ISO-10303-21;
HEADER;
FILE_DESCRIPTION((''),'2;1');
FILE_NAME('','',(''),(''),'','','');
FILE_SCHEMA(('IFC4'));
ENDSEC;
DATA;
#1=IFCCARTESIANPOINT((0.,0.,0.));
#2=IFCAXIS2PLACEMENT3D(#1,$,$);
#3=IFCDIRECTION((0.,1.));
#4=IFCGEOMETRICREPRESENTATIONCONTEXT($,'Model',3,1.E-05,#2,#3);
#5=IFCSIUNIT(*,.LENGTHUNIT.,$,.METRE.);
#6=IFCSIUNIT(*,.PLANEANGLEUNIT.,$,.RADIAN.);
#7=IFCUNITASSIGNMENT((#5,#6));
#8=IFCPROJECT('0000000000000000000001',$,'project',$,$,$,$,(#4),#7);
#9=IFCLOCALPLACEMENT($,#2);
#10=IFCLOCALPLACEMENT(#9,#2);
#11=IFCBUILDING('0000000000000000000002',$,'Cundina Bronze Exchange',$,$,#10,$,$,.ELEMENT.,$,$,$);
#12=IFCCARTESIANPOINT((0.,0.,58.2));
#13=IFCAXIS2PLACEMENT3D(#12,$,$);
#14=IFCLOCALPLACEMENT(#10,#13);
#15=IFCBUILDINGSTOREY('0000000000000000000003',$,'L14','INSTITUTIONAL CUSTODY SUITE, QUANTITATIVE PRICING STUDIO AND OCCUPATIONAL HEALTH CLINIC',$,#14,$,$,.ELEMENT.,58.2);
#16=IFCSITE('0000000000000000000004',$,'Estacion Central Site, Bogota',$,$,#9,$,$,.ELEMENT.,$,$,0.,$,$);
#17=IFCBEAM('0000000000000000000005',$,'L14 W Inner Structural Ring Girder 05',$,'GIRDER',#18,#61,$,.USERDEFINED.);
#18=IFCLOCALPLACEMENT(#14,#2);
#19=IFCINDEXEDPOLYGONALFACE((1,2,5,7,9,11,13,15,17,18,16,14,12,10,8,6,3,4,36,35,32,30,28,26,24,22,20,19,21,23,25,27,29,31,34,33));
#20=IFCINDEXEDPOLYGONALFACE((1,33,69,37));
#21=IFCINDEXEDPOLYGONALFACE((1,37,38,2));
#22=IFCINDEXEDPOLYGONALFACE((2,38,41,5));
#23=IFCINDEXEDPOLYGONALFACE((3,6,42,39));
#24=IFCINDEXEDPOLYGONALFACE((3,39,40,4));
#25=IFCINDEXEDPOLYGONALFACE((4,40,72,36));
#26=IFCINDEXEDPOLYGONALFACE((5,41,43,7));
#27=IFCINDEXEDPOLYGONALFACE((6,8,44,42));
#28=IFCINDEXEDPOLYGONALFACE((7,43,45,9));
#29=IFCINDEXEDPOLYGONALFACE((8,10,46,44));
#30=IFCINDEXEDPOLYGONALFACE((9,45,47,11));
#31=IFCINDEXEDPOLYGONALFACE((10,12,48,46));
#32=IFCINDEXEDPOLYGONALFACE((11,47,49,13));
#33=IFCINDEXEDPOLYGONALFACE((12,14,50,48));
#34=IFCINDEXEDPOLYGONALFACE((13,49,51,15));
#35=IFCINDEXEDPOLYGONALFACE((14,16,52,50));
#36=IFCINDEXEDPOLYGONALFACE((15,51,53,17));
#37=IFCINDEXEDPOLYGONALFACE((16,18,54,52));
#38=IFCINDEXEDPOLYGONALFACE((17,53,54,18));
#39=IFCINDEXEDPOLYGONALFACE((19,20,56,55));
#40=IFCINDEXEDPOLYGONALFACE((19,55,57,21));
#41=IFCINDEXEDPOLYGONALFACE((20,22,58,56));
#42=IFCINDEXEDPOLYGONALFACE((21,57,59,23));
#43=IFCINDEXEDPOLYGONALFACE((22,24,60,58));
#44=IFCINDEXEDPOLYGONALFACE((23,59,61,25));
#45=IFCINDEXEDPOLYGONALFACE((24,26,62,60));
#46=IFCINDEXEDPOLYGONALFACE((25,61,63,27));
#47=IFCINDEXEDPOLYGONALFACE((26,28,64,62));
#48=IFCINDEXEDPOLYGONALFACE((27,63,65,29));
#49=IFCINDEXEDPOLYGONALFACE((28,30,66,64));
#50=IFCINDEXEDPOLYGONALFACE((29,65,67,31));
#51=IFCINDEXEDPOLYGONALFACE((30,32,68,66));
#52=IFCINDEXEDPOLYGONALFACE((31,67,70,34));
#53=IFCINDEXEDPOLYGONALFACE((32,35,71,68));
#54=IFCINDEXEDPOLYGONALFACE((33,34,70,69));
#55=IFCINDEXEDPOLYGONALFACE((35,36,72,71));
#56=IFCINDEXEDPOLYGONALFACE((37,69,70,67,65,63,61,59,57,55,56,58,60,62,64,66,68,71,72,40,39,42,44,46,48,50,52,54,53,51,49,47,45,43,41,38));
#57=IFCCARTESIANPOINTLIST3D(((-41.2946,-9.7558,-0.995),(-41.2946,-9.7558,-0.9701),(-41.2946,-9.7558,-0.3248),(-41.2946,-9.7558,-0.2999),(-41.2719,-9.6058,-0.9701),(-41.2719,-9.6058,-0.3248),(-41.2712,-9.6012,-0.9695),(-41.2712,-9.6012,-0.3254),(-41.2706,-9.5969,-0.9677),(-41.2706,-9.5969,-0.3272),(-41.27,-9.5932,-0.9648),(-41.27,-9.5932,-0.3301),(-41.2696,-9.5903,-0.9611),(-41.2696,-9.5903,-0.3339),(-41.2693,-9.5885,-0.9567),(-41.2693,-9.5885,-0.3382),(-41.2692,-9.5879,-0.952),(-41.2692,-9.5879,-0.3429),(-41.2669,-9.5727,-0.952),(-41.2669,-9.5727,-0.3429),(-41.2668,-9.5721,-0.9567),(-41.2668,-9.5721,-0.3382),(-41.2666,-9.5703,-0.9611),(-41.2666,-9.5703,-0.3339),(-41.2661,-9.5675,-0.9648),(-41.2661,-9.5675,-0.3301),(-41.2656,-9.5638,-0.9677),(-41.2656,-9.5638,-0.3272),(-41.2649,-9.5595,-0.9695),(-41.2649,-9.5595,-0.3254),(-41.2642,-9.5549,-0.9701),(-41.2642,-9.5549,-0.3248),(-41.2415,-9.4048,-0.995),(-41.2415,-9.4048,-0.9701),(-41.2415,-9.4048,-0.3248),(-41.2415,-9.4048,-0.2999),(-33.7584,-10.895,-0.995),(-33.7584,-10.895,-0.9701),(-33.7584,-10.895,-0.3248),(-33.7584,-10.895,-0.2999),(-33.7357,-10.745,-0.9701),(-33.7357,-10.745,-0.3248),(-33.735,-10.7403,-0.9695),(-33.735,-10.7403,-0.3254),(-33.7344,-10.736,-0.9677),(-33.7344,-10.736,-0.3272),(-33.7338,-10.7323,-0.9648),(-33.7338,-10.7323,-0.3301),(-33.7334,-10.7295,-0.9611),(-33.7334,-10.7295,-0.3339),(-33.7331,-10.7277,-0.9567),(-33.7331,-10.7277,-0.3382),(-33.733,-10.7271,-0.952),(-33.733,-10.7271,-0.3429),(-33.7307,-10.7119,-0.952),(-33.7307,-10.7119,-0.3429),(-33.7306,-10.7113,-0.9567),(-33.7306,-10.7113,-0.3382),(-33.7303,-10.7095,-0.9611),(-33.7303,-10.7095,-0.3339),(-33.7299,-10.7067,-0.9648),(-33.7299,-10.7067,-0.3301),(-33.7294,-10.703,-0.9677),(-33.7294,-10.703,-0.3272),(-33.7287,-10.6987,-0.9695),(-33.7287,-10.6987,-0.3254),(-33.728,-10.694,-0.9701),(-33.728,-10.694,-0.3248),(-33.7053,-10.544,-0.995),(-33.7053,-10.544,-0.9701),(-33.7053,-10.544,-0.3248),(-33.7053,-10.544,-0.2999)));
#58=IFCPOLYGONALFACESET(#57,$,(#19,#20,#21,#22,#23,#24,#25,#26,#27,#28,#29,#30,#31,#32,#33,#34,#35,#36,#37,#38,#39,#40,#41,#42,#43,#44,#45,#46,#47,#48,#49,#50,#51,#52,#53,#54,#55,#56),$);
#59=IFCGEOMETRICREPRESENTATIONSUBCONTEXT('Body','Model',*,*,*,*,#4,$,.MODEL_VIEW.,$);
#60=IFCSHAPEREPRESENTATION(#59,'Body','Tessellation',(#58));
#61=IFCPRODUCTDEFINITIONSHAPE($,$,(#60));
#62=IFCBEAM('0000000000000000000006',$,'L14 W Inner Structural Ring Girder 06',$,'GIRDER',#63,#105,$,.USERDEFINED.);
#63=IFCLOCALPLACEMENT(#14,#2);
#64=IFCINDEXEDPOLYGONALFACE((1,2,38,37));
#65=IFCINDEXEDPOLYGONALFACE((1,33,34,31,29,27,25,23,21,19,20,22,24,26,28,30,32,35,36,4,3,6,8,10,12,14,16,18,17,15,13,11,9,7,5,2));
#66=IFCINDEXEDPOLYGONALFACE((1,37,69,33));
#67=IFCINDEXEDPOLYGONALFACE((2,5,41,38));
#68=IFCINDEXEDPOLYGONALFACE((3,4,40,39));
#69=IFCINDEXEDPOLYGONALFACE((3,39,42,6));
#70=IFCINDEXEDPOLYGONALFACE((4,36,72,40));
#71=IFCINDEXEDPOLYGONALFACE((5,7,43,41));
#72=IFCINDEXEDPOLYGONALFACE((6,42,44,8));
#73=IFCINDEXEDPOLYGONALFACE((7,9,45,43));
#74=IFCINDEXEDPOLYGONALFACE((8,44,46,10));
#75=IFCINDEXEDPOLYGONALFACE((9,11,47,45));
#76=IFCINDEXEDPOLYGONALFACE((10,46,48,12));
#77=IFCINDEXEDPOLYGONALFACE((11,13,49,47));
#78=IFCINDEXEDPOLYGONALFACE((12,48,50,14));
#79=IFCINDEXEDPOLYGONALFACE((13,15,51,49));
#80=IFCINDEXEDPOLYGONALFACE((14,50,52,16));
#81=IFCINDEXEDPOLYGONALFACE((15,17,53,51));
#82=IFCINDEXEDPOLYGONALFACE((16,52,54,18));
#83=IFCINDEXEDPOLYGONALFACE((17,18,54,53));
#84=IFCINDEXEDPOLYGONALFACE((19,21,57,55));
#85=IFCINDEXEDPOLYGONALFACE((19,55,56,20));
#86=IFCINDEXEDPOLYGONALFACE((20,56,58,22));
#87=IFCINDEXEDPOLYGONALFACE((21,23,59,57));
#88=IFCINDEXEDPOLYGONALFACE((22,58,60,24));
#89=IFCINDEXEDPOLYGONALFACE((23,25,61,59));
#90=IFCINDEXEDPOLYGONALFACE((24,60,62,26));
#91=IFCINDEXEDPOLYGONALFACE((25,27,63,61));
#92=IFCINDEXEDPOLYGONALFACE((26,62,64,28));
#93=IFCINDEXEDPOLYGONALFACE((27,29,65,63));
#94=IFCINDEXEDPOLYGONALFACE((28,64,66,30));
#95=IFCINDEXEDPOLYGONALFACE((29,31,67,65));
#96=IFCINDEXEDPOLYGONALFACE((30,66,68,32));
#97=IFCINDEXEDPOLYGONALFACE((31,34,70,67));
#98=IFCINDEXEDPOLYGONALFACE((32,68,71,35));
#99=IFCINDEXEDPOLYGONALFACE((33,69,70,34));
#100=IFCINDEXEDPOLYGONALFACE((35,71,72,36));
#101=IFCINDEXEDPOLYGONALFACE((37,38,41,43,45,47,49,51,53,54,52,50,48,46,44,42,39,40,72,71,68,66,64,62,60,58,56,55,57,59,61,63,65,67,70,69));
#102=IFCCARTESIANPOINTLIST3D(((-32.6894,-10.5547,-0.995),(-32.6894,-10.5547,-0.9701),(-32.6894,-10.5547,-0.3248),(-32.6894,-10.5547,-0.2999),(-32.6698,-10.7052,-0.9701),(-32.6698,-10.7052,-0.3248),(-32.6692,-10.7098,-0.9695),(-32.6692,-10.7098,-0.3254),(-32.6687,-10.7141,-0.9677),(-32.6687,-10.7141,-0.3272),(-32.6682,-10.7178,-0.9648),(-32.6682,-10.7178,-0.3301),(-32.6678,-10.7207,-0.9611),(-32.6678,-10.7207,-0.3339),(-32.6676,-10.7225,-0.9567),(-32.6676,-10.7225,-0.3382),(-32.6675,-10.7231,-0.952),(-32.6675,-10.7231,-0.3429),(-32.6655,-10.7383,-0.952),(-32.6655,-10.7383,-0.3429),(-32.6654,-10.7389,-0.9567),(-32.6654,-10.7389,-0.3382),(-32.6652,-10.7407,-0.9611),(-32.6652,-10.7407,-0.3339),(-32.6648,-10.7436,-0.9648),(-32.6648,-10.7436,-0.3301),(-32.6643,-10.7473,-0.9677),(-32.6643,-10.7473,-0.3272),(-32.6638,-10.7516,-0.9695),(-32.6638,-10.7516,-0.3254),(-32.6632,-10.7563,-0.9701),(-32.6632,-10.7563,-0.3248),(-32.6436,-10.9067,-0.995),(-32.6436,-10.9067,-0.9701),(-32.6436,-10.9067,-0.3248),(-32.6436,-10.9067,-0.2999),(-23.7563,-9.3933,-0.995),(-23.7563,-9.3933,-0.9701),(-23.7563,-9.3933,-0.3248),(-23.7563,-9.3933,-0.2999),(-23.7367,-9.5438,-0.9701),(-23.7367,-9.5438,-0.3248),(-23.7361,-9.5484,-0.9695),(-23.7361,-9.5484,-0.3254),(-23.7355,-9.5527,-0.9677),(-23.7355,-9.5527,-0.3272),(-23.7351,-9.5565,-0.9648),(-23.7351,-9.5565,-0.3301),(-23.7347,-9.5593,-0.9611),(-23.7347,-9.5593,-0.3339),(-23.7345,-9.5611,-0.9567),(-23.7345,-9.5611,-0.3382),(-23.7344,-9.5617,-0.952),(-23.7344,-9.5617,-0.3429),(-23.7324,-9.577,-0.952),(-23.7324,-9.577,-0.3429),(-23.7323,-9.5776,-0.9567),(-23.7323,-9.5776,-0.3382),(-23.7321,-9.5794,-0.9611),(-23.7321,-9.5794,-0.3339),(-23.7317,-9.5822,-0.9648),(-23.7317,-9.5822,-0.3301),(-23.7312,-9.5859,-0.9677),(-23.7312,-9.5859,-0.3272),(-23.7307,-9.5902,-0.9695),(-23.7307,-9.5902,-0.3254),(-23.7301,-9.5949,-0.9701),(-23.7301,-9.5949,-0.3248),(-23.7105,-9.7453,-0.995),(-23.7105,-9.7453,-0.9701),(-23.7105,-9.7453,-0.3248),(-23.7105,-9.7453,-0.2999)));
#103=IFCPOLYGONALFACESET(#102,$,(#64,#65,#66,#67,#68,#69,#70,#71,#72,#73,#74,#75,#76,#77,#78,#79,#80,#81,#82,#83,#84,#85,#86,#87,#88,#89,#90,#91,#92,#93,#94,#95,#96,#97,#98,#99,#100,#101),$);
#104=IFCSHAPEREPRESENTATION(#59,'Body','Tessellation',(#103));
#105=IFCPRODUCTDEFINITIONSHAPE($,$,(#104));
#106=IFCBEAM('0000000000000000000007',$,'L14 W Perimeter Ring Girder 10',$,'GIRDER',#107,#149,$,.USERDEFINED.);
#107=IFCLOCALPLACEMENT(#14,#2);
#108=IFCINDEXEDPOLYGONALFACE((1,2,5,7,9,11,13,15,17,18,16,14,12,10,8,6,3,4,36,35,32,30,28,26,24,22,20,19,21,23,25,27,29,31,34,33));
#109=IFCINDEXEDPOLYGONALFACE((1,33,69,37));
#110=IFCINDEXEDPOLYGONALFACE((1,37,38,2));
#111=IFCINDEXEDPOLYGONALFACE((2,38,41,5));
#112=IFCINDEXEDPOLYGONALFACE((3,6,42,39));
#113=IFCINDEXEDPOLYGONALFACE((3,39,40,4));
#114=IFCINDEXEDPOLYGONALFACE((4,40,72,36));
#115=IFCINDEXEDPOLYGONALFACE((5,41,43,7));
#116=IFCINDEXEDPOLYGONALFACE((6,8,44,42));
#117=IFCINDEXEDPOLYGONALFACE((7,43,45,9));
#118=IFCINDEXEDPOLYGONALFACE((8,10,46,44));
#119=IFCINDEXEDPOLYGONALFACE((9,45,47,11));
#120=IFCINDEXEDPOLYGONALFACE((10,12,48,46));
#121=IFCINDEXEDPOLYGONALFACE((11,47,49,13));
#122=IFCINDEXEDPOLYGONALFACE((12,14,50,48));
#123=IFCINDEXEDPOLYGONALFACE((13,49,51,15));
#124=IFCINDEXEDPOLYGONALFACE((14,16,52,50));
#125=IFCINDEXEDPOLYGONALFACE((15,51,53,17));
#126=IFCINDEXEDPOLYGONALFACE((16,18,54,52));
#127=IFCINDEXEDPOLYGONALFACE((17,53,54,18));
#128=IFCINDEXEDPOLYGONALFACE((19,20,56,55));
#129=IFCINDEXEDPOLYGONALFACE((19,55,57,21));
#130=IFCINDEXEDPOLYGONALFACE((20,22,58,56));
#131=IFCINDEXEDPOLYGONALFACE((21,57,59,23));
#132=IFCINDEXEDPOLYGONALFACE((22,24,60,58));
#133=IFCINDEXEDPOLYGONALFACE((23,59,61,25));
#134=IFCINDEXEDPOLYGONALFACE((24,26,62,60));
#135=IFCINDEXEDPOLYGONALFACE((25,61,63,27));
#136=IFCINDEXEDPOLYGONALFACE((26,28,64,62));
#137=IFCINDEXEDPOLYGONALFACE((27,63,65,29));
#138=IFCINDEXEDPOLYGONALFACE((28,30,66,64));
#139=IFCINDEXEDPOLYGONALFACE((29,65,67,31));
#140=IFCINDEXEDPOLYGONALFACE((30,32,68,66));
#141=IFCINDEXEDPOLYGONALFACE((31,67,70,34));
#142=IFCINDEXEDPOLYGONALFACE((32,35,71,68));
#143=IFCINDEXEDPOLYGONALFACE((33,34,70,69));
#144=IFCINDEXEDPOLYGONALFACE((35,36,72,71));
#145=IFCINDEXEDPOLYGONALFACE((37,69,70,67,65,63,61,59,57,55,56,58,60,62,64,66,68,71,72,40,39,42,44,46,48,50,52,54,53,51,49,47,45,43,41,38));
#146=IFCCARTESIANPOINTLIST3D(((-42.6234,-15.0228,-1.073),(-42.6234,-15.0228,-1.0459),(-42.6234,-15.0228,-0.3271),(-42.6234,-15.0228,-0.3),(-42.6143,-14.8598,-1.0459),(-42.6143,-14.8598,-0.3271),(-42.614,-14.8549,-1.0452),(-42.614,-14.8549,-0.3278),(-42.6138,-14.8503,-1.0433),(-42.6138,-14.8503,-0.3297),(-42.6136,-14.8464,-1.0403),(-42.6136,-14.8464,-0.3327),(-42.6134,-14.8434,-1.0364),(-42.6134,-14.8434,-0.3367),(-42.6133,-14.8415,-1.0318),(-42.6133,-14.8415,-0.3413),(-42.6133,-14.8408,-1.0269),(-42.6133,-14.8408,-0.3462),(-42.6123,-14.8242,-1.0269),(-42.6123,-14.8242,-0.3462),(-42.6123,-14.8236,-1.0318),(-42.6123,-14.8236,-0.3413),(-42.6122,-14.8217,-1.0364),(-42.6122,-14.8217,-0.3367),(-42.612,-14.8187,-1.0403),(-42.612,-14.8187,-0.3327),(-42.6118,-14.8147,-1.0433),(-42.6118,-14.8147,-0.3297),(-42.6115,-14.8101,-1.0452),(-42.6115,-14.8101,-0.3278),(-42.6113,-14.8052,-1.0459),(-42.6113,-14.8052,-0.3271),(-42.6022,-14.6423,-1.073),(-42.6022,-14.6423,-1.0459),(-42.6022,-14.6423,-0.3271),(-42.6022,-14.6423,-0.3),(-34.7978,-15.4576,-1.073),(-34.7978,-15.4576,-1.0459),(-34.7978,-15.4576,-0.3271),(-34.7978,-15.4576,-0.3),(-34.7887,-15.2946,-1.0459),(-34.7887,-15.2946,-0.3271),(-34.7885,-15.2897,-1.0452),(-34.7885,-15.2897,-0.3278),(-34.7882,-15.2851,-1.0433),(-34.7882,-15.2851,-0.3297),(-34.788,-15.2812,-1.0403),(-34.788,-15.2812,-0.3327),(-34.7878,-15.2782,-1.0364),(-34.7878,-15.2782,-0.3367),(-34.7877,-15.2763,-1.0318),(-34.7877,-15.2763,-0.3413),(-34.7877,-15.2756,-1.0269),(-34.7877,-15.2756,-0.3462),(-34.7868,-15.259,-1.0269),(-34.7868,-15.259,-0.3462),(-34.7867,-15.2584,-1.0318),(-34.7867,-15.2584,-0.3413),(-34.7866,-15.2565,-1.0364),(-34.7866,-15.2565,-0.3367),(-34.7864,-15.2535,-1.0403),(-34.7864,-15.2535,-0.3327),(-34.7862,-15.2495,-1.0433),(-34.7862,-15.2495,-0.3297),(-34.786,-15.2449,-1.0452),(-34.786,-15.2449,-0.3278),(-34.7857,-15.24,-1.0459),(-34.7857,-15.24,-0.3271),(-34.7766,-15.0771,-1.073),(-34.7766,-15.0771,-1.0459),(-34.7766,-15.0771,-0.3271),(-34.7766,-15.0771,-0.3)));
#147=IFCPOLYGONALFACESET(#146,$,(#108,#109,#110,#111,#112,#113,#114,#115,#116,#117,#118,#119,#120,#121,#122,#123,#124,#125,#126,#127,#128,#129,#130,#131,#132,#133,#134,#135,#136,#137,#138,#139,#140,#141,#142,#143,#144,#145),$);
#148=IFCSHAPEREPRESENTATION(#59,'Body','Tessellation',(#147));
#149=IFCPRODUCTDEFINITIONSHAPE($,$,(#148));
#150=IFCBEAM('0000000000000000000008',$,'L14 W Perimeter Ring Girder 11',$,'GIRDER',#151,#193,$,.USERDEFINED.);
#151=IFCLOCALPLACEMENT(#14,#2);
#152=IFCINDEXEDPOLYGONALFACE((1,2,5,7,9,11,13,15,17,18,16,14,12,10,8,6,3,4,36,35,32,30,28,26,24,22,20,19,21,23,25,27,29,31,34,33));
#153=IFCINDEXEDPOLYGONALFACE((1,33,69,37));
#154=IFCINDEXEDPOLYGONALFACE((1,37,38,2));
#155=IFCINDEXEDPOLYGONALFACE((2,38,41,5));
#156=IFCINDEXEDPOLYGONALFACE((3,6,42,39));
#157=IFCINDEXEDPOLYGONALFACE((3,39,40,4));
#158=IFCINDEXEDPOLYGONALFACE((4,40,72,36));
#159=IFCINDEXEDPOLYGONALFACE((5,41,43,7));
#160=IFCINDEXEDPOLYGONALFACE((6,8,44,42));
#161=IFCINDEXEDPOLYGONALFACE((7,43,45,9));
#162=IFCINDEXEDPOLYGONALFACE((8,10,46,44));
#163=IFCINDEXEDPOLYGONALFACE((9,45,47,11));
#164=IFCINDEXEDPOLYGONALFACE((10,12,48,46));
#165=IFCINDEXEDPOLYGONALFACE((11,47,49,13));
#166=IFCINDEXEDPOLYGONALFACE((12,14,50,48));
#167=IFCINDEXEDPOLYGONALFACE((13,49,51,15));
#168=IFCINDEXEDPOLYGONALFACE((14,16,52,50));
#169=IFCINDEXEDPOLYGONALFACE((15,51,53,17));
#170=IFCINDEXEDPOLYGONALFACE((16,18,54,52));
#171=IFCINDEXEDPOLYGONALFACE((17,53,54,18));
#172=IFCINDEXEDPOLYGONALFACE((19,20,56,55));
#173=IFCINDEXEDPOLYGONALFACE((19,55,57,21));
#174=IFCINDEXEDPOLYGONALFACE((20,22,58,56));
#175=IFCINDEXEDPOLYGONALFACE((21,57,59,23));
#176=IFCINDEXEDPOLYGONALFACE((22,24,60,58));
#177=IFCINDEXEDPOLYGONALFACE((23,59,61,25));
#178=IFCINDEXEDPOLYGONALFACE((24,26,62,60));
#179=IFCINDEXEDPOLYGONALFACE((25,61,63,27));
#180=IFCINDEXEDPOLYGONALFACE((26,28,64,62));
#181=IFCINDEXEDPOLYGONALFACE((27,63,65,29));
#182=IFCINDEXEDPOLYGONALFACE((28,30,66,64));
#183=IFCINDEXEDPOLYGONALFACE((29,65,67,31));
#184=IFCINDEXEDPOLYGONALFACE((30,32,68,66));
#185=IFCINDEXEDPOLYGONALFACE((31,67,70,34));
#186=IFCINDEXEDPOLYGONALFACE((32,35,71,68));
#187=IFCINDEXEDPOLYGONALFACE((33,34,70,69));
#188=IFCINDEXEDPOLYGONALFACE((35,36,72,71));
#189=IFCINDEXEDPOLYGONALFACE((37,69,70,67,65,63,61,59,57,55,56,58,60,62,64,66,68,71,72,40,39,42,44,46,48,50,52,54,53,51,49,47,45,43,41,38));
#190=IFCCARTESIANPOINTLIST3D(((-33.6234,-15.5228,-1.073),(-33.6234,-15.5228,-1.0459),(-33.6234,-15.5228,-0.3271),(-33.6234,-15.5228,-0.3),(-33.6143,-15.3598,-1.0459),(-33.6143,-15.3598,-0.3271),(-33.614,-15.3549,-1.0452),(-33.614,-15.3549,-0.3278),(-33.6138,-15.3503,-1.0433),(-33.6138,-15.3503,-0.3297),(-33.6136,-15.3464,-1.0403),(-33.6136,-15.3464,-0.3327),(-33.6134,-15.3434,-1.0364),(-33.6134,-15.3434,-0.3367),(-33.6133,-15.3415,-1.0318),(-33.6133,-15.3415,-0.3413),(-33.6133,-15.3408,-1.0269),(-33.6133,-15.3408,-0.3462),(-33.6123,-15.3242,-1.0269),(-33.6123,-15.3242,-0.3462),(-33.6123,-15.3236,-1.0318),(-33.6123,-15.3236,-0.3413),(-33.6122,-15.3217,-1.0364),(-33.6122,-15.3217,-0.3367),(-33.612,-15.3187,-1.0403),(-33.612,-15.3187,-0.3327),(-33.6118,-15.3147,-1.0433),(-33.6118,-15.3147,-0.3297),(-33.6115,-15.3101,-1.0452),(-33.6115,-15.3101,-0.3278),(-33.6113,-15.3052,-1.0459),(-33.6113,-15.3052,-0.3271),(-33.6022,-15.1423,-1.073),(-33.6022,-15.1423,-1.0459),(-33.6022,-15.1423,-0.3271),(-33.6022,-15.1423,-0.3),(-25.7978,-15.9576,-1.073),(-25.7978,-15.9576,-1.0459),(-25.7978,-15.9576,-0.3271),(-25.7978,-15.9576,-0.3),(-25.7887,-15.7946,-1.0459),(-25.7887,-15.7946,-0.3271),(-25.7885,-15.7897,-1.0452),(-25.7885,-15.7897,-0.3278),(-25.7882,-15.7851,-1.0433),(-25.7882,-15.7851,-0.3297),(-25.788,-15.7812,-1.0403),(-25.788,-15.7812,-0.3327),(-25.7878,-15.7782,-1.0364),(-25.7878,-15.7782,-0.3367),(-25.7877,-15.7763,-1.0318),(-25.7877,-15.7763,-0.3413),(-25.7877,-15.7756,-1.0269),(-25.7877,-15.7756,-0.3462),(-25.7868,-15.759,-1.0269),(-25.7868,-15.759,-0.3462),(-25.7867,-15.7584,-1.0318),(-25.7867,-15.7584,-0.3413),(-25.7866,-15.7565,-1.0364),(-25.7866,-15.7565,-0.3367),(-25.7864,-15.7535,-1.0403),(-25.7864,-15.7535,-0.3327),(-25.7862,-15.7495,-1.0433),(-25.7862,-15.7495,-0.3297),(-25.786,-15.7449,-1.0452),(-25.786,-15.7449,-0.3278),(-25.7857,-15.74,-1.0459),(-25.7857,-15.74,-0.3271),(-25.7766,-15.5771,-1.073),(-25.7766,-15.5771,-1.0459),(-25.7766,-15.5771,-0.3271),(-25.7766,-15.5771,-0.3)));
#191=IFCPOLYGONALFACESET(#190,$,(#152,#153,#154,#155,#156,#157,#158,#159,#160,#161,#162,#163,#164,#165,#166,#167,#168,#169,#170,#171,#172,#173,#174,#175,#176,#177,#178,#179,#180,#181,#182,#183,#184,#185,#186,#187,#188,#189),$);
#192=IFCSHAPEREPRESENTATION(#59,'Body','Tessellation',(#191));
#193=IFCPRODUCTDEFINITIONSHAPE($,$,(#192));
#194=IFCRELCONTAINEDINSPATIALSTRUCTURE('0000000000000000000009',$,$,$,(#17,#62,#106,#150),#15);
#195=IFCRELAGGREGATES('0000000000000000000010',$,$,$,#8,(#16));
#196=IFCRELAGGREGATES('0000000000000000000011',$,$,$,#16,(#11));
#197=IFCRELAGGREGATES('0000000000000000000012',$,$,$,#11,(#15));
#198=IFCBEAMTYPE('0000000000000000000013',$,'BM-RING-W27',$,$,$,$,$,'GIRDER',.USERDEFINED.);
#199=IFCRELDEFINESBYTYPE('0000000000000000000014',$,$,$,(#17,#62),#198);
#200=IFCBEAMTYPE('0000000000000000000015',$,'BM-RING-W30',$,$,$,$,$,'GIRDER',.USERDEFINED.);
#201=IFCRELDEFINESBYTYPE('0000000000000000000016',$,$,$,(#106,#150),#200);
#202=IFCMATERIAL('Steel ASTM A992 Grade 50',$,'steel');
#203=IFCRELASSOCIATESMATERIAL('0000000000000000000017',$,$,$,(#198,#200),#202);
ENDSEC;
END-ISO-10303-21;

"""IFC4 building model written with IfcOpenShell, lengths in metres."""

from ifc_helpers import new_model, si_unit, direction, frame, origin, origin_2d, place, context, subcontext, project, spatial, i_section, extrude, material, material_profile, profile_set, type_object, element, save


model = new_model("IFC4")

# Units and contexts
model_context = context("Model", 3, precision=1e-05, world=origin(), true_north=direction((0.0, 1.0)))
body_context = subcontext(model_context, "Body", "Model", "MODEL_VIEW")
ifc_project = project(units=[si_unit("LENGTHUNIT", "METRE"), si_unit("PLANEANGLEUNIT", "RADIAN")], contexts=[model_context])

# Site, building, storey
site_placement = place(None, origin())
site = spatial("IfcSite", under=ifc_project, at=site_placement, Name="Estacion Central Site, Bogota", CompositionType="ELEMENT", RefElevation=0.0)
building_placement = place(site_placement, origin())
building = spatial("IfcBuilding", under=site, at=building_placement, Name="Cundina Bronze Exchange", CompositionType="ELEMENT")
storey_placement = place(building_placement, frame((0.0, 0.0, 58.2)))
storey = spatial("IfcBuildingStorey", under=building, at=storey_placement, Name="L14", Description="INSTITUTIONAL CUSTODY SUITE, QUANTITATIVE PRICING STUDIO AND OCCUPATIONAL HEALTH CLINIC", CompositionType="ELEMENT", Elevation=58.2)

# Beams
ifc_material_1 = material(Name="Steel ASTM A992 Grade 50", Category="steel")
ifc_material_profile_1 = material_profile(ifc_material_1, i_section(OverallWidth=0.355, OverallDepth=0.6951, WebThickness=0.0154, FlangeThickness=0.0249, FilletRadius=0.0181, at=origin_2d()), Name="W27X146", Category="steel")
ifc_profile_set_1 = profile_set([ifc_material_profile_1], Name="Steel ASTM A992 Grade 50")
beam_type_1 = type_object("IfcBeamType", Name="BM-RING-W27", ElementType="GIRDER", PredefinedType="USERDEFINED", material=ifc_profile_set_1)
beam_1_placement = place(storey_placement, frame((-41.2681, -9.5803, -0.6475), z_axis=(0.988767, -0.149462, 0.0), x_axis=(0.149462, 0.988767, 0.0)))
element("IfcBeam", 1, at=beam_1_placement, inside=storey, type_object=beam_type_1, Name="L14 W Inner Structural Ring Girder 05", ObjectType="GIRDER", PredefinedType="USERDEFINED", context=body_context, shape_type="SweptSolid", body=[
    extrude(i_section(OverallWidth=0.355, OverallDepth=0.6951, WebThickness=0.0154, FlangeThickness=0.0249, FilletRadius=0.0181, at=origin_2d()), origin(), (0.0, 0.0, 1.0), 7.6218),
])
beam_2_placement = place(storey_placement, frame((-32.6665, -10.7307, -0.6475), z_axis=(0.991655, 0.128923, 0.0), x_axis=(-0.128923, 0.991655, 0.0)))
element("IfcBeam", 2, at=beam_2_placement, inside=storey, type_object=beam_type_1, Name="L14 W Inner Structural Ring Girder 06", ObjectType="GIRDER", PredefinedType="USERDEFINED", context=body_context, shape_type="SweptSolid", body=[
    extrude(i_section(OverallWidth=0.355, OverallDepth=0.6951, WebThickness=0.0154, FlangeThickness=0.0249, FilletRadius=0.0181, at=origin_2d()), origin(), (0.0, 0.0, 1.0), 9.0083),
])
ifc_material_profile_2 = material_profile(ifc_material_1, i_section(OverallWidth=0.3811, OverallDepth=0.7729, WebThickness=0.0166, FlangeThickness=0.0271, FilletRadius=0.019, at=origin_2d()), Name="W30X173", Category="steel")
ifc_profile_set_2 = profile_set([ifc_material_profile_2], Name="Steel ASTM A992 Grade 50")
beam_type_2 = type_object("IfcBeamType", Name="BM-RING-W30", ElementType="GIRDER", PredefinedType="USERDEFINED", material=ifc_profile_set_2)
for number, where, z_axis, x_axis, name in (
    (3, (-42.6128, -14.8325, -0.6865), (0.99846, -0.055477, 0.0), (0.055477, 0.99846, 0.0), "L14 W Perimeter Ring Girder 10"),
    (4, (-33.6128, -15.3325, -0.6865), (0.99846, -0.055477, 0.0), (0.055477, 0.99846, 0.0), "L14 W Perimeter Ring Girder 11"),
):
    element("IfcBeam", number, at=place(storey_placement, frame(where, z_axis=z_axis, x_axis=x_axis)), inside=storey, type_object=beam_type_2, Name=name, ObjectType="GIRDER", PredefinedType="USERDEFINED", context=body_context, shape_type="SweptSolid", body=[
        extrude(i_section(OverallWidth=0.3811, OverallDepth=0.7729, WebThickness=0.0166, FlangeThickness=0.0271, FilletRadius=0.019, at=origin_2d()), origin(), (0.0, 0.0, 1.0), 7.8376),
    ])

save(model, "model.ifc")
